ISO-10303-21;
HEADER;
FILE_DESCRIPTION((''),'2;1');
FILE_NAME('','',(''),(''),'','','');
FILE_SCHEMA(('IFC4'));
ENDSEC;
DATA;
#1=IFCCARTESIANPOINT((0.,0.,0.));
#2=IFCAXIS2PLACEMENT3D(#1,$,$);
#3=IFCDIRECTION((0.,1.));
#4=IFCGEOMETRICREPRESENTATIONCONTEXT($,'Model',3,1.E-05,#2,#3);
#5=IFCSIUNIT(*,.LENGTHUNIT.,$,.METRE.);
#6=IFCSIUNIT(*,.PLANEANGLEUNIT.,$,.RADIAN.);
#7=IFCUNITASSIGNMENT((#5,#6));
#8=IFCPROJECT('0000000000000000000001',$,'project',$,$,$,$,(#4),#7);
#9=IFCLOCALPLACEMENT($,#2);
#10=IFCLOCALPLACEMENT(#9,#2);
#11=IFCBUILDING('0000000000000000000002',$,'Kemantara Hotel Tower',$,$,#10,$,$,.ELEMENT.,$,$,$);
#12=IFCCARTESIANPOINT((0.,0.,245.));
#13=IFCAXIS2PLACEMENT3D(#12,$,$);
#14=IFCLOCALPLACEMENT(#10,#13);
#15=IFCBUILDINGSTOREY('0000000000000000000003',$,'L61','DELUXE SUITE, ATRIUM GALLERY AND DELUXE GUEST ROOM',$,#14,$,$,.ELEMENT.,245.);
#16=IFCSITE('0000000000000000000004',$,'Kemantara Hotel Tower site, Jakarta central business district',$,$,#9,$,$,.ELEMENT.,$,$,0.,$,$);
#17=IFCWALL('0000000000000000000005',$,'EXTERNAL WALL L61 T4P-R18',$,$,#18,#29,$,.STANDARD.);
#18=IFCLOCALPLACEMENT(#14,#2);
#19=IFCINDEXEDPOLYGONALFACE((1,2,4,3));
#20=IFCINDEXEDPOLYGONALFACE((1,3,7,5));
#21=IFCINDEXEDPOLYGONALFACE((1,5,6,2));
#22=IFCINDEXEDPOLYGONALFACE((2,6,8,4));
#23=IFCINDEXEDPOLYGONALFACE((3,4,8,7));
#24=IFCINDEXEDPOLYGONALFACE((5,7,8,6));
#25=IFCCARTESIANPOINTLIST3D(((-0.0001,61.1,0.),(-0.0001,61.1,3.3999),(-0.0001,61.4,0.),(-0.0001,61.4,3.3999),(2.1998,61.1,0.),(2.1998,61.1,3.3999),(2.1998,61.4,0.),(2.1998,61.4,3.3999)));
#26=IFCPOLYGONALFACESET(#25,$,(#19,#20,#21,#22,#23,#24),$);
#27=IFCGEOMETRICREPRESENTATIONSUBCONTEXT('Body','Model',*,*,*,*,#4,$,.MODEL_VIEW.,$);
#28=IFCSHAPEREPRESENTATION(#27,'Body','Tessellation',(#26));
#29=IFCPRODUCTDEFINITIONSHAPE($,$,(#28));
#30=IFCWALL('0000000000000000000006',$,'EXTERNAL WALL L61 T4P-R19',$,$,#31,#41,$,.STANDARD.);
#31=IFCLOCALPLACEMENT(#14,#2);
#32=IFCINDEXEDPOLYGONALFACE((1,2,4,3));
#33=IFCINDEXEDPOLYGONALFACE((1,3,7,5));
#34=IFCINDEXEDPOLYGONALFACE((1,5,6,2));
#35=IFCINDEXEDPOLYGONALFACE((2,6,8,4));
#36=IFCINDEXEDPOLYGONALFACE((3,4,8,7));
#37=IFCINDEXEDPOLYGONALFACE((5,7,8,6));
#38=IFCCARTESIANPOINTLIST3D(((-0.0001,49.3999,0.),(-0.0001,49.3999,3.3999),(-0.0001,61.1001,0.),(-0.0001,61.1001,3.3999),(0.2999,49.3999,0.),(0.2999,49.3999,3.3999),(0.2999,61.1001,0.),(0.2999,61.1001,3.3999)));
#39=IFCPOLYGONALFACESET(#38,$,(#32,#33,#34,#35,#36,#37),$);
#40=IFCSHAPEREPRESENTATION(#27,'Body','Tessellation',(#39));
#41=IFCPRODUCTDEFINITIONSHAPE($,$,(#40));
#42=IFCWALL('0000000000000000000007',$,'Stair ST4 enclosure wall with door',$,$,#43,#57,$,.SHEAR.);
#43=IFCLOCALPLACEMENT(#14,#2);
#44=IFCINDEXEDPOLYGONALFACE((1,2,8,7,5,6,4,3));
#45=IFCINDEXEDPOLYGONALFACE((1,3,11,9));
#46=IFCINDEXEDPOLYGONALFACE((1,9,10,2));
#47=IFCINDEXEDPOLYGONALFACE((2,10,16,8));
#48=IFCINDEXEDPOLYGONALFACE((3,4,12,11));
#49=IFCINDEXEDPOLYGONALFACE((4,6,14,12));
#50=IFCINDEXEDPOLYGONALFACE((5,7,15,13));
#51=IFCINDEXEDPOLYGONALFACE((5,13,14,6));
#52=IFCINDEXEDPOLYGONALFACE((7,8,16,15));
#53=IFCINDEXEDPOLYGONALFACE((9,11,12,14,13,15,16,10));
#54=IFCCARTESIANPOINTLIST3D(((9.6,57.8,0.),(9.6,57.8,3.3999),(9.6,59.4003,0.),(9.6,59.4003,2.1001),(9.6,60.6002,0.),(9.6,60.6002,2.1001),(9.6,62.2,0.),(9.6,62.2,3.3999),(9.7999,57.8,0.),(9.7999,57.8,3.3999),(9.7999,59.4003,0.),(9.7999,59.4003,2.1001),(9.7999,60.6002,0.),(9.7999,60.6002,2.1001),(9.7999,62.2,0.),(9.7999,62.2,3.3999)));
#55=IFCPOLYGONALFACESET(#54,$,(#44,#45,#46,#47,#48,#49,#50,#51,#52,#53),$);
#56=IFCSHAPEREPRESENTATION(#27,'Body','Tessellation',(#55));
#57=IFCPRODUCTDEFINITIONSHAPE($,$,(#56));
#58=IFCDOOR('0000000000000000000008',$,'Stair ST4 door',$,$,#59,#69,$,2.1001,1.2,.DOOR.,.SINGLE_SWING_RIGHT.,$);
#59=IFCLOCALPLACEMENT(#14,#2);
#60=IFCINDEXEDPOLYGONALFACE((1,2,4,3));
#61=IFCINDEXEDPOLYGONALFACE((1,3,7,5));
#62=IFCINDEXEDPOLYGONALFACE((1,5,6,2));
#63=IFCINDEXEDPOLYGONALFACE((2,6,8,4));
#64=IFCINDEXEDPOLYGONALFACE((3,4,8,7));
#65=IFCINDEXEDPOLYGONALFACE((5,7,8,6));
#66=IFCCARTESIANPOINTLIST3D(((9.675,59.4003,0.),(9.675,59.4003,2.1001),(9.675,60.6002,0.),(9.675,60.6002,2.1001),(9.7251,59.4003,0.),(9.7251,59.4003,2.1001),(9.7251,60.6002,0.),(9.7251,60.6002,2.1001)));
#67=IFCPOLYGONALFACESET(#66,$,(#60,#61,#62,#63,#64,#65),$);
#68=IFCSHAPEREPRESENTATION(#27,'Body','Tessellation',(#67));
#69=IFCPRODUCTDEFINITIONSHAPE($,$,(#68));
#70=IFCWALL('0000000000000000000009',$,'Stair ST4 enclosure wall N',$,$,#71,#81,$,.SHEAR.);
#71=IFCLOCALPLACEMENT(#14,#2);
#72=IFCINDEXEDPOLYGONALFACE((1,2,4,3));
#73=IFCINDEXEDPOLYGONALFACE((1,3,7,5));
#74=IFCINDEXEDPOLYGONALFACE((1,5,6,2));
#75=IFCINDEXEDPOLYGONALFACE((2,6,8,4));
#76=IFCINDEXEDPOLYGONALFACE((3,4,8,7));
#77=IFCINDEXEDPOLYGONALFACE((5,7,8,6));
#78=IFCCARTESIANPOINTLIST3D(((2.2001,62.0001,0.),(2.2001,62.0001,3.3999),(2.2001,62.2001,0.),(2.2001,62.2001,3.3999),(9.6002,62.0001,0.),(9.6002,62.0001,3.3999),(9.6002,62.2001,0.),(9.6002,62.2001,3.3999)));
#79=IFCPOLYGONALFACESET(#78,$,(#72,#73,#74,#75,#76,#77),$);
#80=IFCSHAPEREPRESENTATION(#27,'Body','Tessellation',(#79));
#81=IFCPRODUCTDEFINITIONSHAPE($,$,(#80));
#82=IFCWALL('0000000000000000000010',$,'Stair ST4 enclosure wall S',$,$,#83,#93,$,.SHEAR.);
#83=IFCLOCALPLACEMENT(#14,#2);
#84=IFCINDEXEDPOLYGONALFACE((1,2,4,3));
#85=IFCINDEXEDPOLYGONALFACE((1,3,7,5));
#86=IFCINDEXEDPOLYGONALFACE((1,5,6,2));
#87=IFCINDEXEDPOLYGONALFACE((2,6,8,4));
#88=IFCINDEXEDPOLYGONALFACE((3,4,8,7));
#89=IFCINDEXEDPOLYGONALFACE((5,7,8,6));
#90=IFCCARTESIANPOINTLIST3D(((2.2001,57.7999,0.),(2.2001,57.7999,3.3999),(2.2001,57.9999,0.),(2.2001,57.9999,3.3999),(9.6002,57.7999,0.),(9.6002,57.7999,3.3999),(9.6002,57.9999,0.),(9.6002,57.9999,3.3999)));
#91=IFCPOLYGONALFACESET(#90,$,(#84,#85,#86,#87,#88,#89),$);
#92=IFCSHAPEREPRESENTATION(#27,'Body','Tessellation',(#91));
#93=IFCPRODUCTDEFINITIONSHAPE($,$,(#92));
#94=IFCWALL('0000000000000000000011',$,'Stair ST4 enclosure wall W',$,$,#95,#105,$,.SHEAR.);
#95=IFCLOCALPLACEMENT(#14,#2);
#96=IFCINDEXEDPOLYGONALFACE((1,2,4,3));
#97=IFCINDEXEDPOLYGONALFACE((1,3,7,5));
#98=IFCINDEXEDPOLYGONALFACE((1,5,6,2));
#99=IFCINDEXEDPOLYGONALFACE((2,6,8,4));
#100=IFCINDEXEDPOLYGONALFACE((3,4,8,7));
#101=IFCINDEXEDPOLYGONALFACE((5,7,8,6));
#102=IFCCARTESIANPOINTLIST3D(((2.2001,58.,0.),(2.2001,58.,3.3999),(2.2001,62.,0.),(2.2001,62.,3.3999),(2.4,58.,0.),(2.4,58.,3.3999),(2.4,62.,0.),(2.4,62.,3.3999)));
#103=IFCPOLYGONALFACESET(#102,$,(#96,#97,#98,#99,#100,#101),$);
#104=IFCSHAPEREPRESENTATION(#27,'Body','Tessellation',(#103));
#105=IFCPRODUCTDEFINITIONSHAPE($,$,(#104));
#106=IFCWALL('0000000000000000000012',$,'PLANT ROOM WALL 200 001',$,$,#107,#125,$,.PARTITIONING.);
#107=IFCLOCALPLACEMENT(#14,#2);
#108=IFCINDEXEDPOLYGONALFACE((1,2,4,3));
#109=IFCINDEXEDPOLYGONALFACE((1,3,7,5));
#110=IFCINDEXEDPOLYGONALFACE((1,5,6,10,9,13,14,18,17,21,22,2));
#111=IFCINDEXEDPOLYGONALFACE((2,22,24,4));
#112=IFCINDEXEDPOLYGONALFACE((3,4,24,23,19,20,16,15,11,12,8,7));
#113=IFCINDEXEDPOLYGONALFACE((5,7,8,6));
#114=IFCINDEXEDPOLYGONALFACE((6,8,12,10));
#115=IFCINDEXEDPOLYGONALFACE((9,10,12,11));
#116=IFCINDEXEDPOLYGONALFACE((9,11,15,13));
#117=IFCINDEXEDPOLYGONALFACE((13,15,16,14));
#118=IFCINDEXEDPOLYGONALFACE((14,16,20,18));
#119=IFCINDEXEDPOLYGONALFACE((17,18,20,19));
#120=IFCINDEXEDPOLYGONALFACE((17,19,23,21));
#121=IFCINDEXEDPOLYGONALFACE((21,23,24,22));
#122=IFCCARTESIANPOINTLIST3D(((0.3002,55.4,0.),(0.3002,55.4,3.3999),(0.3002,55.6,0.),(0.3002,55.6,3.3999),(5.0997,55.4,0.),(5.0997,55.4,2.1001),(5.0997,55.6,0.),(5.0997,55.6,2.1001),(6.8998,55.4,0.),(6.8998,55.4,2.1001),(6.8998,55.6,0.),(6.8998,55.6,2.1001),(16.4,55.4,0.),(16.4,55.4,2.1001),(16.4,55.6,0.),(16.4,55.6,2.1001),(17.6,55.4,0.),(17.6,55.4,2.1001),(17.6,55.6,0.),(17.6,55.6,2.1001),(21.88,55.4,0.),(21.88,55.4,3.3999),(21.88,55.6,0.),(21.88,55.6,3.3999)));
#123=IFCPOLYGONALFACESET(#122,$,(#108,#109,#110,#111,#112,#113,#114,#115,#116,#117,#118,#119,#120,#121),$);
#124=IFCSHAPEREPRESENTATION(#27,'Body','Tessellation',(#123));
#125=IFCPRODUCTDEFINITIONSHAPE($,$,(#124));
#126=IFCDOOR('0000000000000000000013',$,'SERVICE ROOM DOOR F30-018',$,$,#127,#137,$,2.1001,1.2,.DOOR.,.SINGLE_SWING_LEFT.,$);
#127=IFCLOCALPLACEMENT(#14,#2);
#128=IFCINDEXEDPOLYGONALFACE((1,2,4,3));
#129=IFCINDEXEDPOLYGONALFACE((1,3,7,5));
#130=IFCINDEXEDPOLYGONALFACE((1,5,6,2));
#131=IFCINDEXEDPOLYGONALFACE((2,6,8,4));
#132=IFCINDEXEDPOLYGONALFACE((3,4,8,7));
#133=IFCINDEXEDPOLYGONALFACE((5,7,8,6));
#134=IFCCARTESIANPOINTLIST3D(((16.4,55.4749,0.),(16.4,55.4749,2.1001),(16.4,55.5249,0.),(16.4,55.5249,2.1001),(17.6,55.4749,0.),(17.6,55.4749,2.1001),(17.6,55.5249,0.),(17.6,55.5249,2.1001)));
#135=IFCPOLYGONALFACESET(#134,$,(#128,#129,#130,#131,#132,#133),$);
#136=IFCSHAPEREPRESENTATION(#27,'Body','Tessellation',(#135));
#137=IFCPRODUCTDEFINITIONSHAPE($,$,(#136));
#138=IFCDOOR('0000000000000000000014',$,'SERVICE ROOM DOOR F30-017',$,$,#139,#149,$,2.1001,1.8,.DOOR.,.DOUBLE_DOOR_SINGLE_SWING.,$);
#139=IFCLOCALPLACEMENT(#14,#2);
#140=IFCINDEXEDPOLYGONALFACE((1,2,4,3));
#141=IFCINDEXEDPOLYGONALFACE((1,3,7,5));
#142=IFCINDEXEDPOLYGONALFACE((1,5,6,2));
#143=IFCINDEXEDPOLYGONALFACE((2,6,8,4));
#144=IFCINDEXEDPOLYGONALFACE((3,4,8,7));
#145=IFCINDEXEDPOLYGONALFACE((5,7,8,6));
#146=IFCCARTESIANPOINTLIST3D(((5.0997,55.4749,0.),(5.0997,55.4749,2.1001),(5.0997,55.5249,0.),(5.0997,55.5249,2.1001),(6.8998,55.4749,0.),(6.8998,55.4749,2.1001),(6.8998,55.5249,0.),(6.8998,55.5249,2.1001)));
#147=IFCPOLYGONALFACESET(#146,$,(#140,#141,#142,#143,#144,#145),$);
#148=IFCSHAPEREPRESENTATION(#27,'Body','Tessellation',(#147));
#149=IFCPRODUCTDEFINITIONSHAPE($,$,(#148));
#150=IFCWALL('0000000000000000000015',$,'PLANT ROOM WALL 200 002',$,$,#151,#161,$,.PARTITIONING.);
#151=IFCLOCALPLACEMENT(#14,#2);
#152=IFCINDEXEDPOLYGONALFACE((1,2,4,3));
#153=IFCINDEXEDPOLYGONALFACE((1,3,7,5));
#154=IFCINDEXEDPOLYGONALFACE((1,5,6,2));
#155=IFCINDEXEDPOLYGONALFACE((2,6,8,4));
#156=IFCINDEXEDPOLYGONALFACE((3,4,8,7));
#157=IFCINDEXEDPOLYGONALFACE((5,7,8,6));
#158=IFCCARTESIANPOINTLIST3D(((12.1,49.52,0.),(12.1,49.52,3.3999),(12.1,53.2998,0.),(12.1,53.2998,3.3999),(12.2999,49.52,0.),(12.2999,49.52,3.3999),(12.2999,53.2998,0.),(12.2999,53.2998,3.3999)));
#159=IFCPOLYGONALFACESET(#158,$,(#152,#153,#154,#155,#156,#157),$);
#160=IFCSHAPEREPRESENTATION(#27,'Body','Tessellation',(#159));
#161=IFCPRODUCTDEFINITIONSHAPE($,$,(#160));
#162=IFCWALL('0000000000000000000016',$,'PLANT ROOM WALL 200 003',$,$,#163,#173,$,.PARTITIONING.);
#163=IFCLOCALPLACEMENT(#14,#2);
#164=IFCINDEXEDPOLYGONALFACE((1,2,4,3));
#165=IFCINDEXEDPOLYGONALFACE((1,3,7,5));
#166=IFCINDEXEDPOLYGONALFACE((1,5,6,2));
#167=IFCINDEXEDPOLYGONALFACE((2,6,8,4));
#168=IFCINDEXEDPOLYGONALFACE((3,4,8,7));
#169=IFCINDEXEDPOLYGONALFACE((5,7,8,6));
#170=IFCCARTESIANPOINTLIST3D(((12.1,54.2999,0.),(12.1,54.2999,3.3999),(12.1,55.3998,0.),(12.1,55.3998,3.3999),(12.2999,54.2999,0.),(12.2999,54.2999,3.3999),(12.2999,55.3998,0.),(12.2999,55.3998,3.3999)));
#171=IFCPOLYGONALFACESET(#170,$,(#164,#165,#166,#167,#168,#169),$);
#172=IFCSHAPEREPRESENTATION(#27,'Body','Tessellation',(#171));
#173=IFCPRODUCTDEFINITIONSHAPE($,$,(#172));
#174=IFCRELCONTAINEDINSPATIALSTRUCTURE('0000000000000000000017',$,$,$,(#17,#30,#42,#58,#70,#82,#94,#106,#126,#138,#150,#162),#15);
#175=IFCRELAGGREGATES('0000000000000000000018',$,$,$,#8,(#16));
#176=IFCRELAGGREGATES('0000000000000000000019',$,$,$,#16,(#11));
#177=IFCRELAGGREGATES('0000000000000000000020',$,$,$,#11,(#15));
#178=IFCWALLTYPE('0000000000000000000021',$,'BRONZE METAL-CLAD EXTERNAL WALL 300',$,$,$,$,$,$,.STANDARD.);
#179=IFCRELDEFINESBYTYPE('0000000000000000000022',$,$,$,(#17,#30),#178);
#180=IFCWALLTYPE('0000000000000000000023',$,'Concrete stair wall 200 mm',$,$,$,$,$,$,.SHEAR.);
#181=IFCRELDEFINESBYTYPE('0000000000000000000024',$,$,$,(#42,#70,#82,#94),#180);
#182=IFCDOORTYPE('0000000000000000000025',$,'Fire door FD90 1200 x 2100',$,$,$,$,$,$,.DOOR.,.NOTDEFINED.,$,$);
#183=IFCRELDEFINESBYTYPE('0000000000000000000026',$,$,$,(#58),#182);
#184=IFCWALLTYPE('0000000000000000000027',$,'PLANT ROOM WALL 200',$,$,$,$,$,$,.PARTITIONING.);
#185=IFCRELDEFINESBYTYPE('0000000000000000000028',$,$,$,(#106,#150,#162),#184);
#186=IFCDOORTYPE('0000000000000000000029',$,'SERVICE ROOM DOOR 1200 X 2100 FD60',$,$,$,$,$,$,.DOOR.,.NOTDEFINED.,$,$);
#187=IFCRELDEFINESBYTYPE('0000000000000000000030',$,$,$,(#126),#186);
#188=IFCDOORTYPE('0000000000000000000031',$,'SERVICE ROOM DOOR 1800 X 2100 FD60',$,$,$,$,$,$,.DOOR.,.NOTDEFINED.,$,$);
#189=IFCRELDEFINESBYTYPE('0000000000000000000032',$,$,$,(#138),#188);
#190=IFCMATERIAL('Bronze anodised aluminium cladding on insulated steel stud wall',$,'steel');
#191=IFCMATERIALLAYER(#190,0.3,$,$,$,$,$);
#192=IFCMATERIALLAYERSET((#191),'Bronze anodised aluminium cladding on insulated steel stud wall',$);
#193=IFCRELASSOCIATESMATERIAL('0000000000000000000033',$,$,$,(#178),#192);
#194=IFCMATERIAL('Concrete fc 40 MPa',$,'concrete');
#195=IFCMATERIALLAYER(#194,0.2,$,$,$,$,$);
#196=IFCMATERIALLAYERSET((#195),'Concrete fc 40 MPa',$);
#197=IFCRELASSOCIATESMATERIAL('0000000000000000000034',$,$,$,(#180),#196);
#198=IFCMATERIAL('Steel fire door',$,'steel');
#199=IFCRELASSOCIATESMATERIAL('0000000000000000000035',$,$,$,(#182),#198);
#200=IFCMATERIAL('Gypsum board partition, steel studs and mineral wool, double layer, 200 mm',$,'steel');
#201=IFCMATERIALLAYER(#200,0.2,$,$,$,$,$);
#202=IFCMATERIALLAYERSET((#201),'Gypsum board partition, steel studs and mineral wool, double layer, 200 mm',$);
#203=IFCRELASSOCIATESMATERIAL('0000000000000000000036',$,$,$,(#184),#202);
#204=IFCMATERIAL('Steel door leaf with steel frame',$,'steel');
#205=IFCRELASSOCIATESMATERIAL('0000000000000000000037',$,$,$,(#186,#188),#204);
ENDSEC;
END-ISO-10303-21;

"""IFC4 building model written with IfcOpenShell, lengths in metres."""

from ifc_helpers import new_model, si_unit, direction, frame, frame_2d, origin, place, context, subcontext, project, spatial, rectangle, extrude, material, layer, layer_set, type_object, element, fill, save


model = new_model("IFC4")

# Units and contexts
model_context = context("Model", 3, precision=1e-05, world=origin(), true_north=direction((0.0, 1.0)))
body_context = subcontext(model_context, "Body", "Model", "MODEL_VIEW")
ifc_project = project(units=[si_unit("LENGTHUNIT", "METRE"), si_unit("PLANEANGLEUNIT", "RADIAN")], contexts=[model_context])

# Site, building, storey
site_placement = place(None, origin())
site = spatial("IfcSite", under=ifc_project, at=site_placement, Name="Kemantara Hotel Tower site, Jakarta central business district", CompositionType="ELEMENT", RefElevation=0.0)
building_placement = place(site_placement, origin())
building = spatial("IfcBuilding", under=site, at=building_placement, Name="Kemantara Hotel Tower", CompositionType="ELEMENT")
storey_placement = place(building_placement, frame((0.0, 0.0, 245.0)))
storey = spatial("IfcBuildingStorey", under=building, at=storey_placement, Name="L61", Description="DELUXE SUITE, ATRIUM GALLERY AND DELUXE GUEST ROOM", CompositionType="ELEMENT", Elevation=245.0)

# Walls
ifc_material_1 = material(Name="Bronze anodised aluminium cladding on insulated steel stud wall", Category="steel")
ifc_layer_1 = layer(ifc_material_1, 0.3)
ifc_layer_set_1 = layer_set([ifc_layer_1], Name="Bronze anodised aluminium cladding on insulated steel stud wall")
wall_type_1 = type_object("IfcWallType", Name="BRONZE METAL-CLAD EXTERNAL WALL 300", PredefinedType="STANDARD", material=ifc_layer_set_1)
wall_1_placement = place(storey_placement, frame((2.2, 61.25, 0.0), z_axis=(0.0, 0.0, 1.0), x_axis=(-1.0, 0.0, 0.0)))
element("IfcWall", 1, at=wall_1_placement, inside=storey, type_object=wall_type_1, Name="EXTERNAL WALL L61 T4P-R18", PredefinedType="STANDARD", context=body_context, shape_type="SweptSolid", body=[
    extrude(rectangle(XDim=2.2, YDim=0.3, at=frame_2d((1.1001, 0.0))), origin(), (0.0, 0.0, 1.0), 3.3999),
])
wall_2_placement = place(storey_placement, frame((0.1499, 61.1001, 0.0), z_axis=(0.0, 0.0, 1.0), x_axis=(0.0, -1.0, 0.0)))
element("IfcWall", 2, at=wall_2_placement, inside=storey, type_object=wall_type_1, Name="EXTERNAL WALL L61 T4P-R19", PredefinedType="STANDARD", context=body_context, shape_type="SweptSolid", body=[
    extrude(rectangle(XDim=11.7002, YDim=0.3, at=frame_2d((5.8501, 0.0))), origin(), (0.0, 0.0, 1.0), 3.3999),
])

# Wall, opening, door
ifc_material_2 = material(Name="Concrete fc 40 MPa", Category="concrete")
ifc_layer_2 = layer(ifc_material_2, 0.2)
ifc_layer_set_2 = layer_set([ifc_layer_2], Name="Concrete fc 40 MPa")
wall_type_2 = type_object("IfcWallType", Name="Concrete stair wall 200 mm", PredefinedType="SHEAR", material=ifc_layer_set_2)
wall_3_placement = place(storey_placement, frame((9.7, 57.8, 0.0), z_axis=(0.0, 0.0, 1.0), x_axis=(0.0, 1.0, 0.0)))
wall_3 = element("IfcWall", 3, at=wall_3_placement, inside=storey, type_object=wall_type_2, Name="Stair ST4 enclosure wall with door", PredefinedType="SHEAR", context=body_context, shape_type="SweptSolid", body=[
    extrude(rectangle(XDim=4.3999, YDim=0.2, at=frame_2d((2.2, 0.0))), origin(), (0.0, 0.0, 1.0), 3.3999),
])
opening_1_placement = place(wall_3_placement, frame((1.6001, 0.0, 0.0)))
opening_1 = element("IfcOpeningElement", 4, at=opening_1_placement, cuts=wall_3, PredefinedType="OPENING", context=body_context, shape_type="SweptSolid", body=[
    extrude(rectangle(XDim=1.2, YDim=2.1001, at=frame_2d((0.6001, 1.05))), frame((0.0, 0.1099, 0.0), z_axis=(0.0, -1.0, 0.0), x_axis=(1.0, 0.0, 0.0)), (0.0, 0.0, 1.0), 0.22),
])
ifc_material_3 = material(Name="Steel fire door", Category="steel")
door_type_1 = type_object("IfcDoorType", Name="Fire door FD90 1200 x 2100", OperationType="NOTDEFINED", PredefinedType="DOOR", material=ifc_material_3)
door_1_placement = place(opening_1_placement, origin())
door_1 = element("IfcDoor", 5, at=door_1_placement, inside=storey, type_object=door_type_1, Name="Stair ST4 door", OperationType="SINGLE_SWING_RIGHT", OverallHeight=2.1001, OverallWidth=1.2, PredefinedType="DOOR", context=body_context, shape_type="SweptSolid", body=[
    extrude(rectangle(XDim=1.2, YDim=2.1001, at=frame_2d((0.6001, 1.05))), frame((0.0, 0.0249, 0.0), z_axis=(0.0, -1.0, 0.0), x_axis=(1.0, 0.0, 0.0)), (0.0, 0.0, 1.0), 0.05),
])
fill(opening_1, door_1)

# Walls
for number, where, z_axis, x_axis, name in (
    (6, (2.2, 62.1001, 0.0), (0.0, 0.0, 1.0), (1.0, 0.0, 0.0), "Stair ST4 enclosure wall N"),
    (7, (2.2, 57.8999, 0.0), (0.0, 0.0, 1.0), (1.0, 0.0, 0.0), "Stair ST4 enclosure wall S"),
):
    element("IfcWall", number, at=place(storey_placement, frame(where, z_axis=z_axis, x_axis=x_axis)), inside=storey, type_object=wall_type_2, Name=name, PredefinedType="SHEAR", context=body_context, shape_type="SweptSolid", body=[
        extrude(rectangle(XDim=7.4001, YDim=0.2, at=frame_2d((3.7002, 0.0))), origin(), (0.0, 0.0, 1.0), 3.3999),
    ])
wall_4_placement = place(storey_placement, frame((2.3, 58.0, 0.0), z_axis=(0.0, 0.0, 1.0), x_axis=(0.0, 1.0, 0.0)))
element("IfcWall", 8, at=wall_4_placement, inside=storey, type_object=wall_type_2, Name="Stair ST4 enclosure wall W", PredefinedType="SHEAR", context=body_context, shape_type="SweptSolid", body=[
    extrude(rectangle(XDim=4.0, YDim=0.2, at=frame_2d((2.0, 0.0))), origin(), (0.0, 0.0, 1.0), 3.3999),
])

# Wall, openings, doors
ifc_material_4 = material(Name="Gypsum board partition, steel studs and mineral wool, double layer, 200 mm", Category="steel")
ifc_layer_3 = layer(ifc_material_4, 0.2)
ifc_layer_set_3 = layer_set([ifc_layer_3], Name="Gypsum board partition, steel studs and mineral wool, double layer, 200 mm")
wall_type_3 = type_object("IfcWallType", Name="PLANT ROOM WALL 200", PredefinedType="PARTITIONING", material=ifc_layer_set_3)
wall_5_placement = place(storey_placement, frame((0.3, 55.5, 0.0), z_axis=(0.0, 0.0, 1.0), x_axis=(1.0, 0.0, 0.0)))
wall_5 = element("IfcWall", 9, at=wall_5_placement, inside=storey, type_object=wall_type_3, Name="PLANT ROOM WALL 200 001", PredefinedType="PARTITIONING", context=body_context, shape_type="SweptSolid", body=[
    extrude(rectangle(XDim=21.5798, YDim=0.2, at=frame_2d((10.79, 0.0))), origin(), (0.0, 0.0, 1.0), 3.3999),
])
opening_2_placement = place(wall_5_placement, frame((4.7998, 0.0, 0.0)))
opening_2 = element("IfcOpeningElement", 10, at=opening_2_placement, cuts=wall_5, PredefinedType="OPENING", context=body_context, shape_type="SweptSolid", body=[
    extrude(rectangle(XDim=1.8, YDim=2.1001, at=frame_2d((0.8999, 1.05))), frame((0.0, 0.1099, 0.0), z_axis=(0.0, -1.0, 0.0), x_axis=(1.0, 0.0, 0.0)), (0.0, 0.0, 1.0), 0.22),
])
opening_3_placement = place(wall_5_placement, frame((16.0999, 0.0, 0.0)))
opening_3 = element("IfcOpeningElement", 11, at=opening_3_placement, cuts=wall_5, PredefinedType="OPENING", context=body_context, shape_type="SweptSolid", body=[
    extrude(rectangle(XDim=1.2, YDim=2.1001, at=frame_2d((0.6001, 1.05))), frame((0.0, 0.1099, 0.0), z_axis=(0.0, -1.0, 0.0), x_axis=(1.0, 0.0, 0.0)), (0.0, 0.0, 1.0), 0.22),
])
ifc_material_5 = material(Name="Steel door leaf with steel frame", Category="steel")
door_type_2 = type_object("IfcDoorType", Name="SERVICE ROOM DOOR 1200 X 2100 FD60", OperationType="NOTDEFINED", PredefinedType="DOOR", material=ifc_material_5)
door_2_placement = place(opening_3_placement, origin())
door_2 = element("IfcDoor", 12, at=door_2_placement, inside=storey, type_object=door_type_2, Name="SERVICE ROOM DOOR F30-018", OperationType="SINGLE_SWING_LEFT", OverallHeight=2.1001, OverallWidth=1.2, PredefinedType="DOOR", context=body_context, shape_type="SweptSolid", body=[
    extrude(rectangle(XDim=1.2, YDim=2.1001, at=frame_2d((0.6001, 1.05))), frame((0.0, 0.0249, 0.0), z_axis=(0.0, -1.0, 0.0), x_axis=(1.0, 0.0, 0.0)), (0.0, 0.0, 1.0), 0.05),
])
fill(opening_3, door_2)
door_type_3 = type_object("IfcDoorType", Name="SERVICE ROOM DOOR 1800 X 2100 FD60", OperationType="NOTDEFINED", PredefinedType="DOOR", material=ifc_material_5)
door_3_placement = place(opening_2_placement, origin())
door_3 = element("IfcDoor", 13, at=door_3_placement, inside=storey, type_object=door_type_3, Name="SERVICE ROOM DOOR F30-017", OperationType="DOUBLE_DOOR_SINGLE_SWING", OverallHeight=2.1001, OverallWidth=1.8, PredefinedType="DOOR", context=body_context, shape_type="SweptSolid", body=[
    extrude(rectangle(XDim=1.8, YDim=2.1001, at=frame_2d((0.8999, 1.05))), frame((0.0, 0.0249, 0.0), z_axis=(0.0, -1.0, 0.0), x_axis=(1.0, 0.0, 0.0)), (0.0, 0.0, 1.0), 0.05),
])
fill(opening_2, door_3)

# Walls
wall_6_placement = place(storey_placement, frame((12.2, 49.52, 0.0), z_axis=(0.0, 0.0, 1.0), x_axis=(0.0, 1.0, 0.0)))
element("IfcWall", 14, at=wall_6_placement, inside=storey, type_object=wall_type_3, Name="PLANT ROOM WALL 200 002", PredefinedType="PARTITIONING", context=body_context, shape_type="SweptSolid", body=[
    extrude(rectangle(XDim=3.7798, YDim=0.2, at=frame_2d((1.8899, 0.0))), origin(), (0.0, 0.0, 1.0), 3.3999),
])
wall_7_placement = place(storey_placement, frame((12.2, 54.3, 0.0), z_axis=(0.0, 0.0, 1.0), x_axis=(0.0, 1.0, 0.0)))
element("IfcWall", 15, at=wall_7_placement, inside=storey, type_object=wall_type_3, Name="PLANT ROOM WALL 200 003", PredefinedType="PARTITIONING", context=body_context, shape_type="SweptSolid", body=[
    extrude(rectangle(XDim=1.0999, YDim=0.2, at=frame_2d((0.5498, 0.0))), origin(), (0.0, 0.0, 1.0), 3.3999),
])

save(model, "model.ifc")
